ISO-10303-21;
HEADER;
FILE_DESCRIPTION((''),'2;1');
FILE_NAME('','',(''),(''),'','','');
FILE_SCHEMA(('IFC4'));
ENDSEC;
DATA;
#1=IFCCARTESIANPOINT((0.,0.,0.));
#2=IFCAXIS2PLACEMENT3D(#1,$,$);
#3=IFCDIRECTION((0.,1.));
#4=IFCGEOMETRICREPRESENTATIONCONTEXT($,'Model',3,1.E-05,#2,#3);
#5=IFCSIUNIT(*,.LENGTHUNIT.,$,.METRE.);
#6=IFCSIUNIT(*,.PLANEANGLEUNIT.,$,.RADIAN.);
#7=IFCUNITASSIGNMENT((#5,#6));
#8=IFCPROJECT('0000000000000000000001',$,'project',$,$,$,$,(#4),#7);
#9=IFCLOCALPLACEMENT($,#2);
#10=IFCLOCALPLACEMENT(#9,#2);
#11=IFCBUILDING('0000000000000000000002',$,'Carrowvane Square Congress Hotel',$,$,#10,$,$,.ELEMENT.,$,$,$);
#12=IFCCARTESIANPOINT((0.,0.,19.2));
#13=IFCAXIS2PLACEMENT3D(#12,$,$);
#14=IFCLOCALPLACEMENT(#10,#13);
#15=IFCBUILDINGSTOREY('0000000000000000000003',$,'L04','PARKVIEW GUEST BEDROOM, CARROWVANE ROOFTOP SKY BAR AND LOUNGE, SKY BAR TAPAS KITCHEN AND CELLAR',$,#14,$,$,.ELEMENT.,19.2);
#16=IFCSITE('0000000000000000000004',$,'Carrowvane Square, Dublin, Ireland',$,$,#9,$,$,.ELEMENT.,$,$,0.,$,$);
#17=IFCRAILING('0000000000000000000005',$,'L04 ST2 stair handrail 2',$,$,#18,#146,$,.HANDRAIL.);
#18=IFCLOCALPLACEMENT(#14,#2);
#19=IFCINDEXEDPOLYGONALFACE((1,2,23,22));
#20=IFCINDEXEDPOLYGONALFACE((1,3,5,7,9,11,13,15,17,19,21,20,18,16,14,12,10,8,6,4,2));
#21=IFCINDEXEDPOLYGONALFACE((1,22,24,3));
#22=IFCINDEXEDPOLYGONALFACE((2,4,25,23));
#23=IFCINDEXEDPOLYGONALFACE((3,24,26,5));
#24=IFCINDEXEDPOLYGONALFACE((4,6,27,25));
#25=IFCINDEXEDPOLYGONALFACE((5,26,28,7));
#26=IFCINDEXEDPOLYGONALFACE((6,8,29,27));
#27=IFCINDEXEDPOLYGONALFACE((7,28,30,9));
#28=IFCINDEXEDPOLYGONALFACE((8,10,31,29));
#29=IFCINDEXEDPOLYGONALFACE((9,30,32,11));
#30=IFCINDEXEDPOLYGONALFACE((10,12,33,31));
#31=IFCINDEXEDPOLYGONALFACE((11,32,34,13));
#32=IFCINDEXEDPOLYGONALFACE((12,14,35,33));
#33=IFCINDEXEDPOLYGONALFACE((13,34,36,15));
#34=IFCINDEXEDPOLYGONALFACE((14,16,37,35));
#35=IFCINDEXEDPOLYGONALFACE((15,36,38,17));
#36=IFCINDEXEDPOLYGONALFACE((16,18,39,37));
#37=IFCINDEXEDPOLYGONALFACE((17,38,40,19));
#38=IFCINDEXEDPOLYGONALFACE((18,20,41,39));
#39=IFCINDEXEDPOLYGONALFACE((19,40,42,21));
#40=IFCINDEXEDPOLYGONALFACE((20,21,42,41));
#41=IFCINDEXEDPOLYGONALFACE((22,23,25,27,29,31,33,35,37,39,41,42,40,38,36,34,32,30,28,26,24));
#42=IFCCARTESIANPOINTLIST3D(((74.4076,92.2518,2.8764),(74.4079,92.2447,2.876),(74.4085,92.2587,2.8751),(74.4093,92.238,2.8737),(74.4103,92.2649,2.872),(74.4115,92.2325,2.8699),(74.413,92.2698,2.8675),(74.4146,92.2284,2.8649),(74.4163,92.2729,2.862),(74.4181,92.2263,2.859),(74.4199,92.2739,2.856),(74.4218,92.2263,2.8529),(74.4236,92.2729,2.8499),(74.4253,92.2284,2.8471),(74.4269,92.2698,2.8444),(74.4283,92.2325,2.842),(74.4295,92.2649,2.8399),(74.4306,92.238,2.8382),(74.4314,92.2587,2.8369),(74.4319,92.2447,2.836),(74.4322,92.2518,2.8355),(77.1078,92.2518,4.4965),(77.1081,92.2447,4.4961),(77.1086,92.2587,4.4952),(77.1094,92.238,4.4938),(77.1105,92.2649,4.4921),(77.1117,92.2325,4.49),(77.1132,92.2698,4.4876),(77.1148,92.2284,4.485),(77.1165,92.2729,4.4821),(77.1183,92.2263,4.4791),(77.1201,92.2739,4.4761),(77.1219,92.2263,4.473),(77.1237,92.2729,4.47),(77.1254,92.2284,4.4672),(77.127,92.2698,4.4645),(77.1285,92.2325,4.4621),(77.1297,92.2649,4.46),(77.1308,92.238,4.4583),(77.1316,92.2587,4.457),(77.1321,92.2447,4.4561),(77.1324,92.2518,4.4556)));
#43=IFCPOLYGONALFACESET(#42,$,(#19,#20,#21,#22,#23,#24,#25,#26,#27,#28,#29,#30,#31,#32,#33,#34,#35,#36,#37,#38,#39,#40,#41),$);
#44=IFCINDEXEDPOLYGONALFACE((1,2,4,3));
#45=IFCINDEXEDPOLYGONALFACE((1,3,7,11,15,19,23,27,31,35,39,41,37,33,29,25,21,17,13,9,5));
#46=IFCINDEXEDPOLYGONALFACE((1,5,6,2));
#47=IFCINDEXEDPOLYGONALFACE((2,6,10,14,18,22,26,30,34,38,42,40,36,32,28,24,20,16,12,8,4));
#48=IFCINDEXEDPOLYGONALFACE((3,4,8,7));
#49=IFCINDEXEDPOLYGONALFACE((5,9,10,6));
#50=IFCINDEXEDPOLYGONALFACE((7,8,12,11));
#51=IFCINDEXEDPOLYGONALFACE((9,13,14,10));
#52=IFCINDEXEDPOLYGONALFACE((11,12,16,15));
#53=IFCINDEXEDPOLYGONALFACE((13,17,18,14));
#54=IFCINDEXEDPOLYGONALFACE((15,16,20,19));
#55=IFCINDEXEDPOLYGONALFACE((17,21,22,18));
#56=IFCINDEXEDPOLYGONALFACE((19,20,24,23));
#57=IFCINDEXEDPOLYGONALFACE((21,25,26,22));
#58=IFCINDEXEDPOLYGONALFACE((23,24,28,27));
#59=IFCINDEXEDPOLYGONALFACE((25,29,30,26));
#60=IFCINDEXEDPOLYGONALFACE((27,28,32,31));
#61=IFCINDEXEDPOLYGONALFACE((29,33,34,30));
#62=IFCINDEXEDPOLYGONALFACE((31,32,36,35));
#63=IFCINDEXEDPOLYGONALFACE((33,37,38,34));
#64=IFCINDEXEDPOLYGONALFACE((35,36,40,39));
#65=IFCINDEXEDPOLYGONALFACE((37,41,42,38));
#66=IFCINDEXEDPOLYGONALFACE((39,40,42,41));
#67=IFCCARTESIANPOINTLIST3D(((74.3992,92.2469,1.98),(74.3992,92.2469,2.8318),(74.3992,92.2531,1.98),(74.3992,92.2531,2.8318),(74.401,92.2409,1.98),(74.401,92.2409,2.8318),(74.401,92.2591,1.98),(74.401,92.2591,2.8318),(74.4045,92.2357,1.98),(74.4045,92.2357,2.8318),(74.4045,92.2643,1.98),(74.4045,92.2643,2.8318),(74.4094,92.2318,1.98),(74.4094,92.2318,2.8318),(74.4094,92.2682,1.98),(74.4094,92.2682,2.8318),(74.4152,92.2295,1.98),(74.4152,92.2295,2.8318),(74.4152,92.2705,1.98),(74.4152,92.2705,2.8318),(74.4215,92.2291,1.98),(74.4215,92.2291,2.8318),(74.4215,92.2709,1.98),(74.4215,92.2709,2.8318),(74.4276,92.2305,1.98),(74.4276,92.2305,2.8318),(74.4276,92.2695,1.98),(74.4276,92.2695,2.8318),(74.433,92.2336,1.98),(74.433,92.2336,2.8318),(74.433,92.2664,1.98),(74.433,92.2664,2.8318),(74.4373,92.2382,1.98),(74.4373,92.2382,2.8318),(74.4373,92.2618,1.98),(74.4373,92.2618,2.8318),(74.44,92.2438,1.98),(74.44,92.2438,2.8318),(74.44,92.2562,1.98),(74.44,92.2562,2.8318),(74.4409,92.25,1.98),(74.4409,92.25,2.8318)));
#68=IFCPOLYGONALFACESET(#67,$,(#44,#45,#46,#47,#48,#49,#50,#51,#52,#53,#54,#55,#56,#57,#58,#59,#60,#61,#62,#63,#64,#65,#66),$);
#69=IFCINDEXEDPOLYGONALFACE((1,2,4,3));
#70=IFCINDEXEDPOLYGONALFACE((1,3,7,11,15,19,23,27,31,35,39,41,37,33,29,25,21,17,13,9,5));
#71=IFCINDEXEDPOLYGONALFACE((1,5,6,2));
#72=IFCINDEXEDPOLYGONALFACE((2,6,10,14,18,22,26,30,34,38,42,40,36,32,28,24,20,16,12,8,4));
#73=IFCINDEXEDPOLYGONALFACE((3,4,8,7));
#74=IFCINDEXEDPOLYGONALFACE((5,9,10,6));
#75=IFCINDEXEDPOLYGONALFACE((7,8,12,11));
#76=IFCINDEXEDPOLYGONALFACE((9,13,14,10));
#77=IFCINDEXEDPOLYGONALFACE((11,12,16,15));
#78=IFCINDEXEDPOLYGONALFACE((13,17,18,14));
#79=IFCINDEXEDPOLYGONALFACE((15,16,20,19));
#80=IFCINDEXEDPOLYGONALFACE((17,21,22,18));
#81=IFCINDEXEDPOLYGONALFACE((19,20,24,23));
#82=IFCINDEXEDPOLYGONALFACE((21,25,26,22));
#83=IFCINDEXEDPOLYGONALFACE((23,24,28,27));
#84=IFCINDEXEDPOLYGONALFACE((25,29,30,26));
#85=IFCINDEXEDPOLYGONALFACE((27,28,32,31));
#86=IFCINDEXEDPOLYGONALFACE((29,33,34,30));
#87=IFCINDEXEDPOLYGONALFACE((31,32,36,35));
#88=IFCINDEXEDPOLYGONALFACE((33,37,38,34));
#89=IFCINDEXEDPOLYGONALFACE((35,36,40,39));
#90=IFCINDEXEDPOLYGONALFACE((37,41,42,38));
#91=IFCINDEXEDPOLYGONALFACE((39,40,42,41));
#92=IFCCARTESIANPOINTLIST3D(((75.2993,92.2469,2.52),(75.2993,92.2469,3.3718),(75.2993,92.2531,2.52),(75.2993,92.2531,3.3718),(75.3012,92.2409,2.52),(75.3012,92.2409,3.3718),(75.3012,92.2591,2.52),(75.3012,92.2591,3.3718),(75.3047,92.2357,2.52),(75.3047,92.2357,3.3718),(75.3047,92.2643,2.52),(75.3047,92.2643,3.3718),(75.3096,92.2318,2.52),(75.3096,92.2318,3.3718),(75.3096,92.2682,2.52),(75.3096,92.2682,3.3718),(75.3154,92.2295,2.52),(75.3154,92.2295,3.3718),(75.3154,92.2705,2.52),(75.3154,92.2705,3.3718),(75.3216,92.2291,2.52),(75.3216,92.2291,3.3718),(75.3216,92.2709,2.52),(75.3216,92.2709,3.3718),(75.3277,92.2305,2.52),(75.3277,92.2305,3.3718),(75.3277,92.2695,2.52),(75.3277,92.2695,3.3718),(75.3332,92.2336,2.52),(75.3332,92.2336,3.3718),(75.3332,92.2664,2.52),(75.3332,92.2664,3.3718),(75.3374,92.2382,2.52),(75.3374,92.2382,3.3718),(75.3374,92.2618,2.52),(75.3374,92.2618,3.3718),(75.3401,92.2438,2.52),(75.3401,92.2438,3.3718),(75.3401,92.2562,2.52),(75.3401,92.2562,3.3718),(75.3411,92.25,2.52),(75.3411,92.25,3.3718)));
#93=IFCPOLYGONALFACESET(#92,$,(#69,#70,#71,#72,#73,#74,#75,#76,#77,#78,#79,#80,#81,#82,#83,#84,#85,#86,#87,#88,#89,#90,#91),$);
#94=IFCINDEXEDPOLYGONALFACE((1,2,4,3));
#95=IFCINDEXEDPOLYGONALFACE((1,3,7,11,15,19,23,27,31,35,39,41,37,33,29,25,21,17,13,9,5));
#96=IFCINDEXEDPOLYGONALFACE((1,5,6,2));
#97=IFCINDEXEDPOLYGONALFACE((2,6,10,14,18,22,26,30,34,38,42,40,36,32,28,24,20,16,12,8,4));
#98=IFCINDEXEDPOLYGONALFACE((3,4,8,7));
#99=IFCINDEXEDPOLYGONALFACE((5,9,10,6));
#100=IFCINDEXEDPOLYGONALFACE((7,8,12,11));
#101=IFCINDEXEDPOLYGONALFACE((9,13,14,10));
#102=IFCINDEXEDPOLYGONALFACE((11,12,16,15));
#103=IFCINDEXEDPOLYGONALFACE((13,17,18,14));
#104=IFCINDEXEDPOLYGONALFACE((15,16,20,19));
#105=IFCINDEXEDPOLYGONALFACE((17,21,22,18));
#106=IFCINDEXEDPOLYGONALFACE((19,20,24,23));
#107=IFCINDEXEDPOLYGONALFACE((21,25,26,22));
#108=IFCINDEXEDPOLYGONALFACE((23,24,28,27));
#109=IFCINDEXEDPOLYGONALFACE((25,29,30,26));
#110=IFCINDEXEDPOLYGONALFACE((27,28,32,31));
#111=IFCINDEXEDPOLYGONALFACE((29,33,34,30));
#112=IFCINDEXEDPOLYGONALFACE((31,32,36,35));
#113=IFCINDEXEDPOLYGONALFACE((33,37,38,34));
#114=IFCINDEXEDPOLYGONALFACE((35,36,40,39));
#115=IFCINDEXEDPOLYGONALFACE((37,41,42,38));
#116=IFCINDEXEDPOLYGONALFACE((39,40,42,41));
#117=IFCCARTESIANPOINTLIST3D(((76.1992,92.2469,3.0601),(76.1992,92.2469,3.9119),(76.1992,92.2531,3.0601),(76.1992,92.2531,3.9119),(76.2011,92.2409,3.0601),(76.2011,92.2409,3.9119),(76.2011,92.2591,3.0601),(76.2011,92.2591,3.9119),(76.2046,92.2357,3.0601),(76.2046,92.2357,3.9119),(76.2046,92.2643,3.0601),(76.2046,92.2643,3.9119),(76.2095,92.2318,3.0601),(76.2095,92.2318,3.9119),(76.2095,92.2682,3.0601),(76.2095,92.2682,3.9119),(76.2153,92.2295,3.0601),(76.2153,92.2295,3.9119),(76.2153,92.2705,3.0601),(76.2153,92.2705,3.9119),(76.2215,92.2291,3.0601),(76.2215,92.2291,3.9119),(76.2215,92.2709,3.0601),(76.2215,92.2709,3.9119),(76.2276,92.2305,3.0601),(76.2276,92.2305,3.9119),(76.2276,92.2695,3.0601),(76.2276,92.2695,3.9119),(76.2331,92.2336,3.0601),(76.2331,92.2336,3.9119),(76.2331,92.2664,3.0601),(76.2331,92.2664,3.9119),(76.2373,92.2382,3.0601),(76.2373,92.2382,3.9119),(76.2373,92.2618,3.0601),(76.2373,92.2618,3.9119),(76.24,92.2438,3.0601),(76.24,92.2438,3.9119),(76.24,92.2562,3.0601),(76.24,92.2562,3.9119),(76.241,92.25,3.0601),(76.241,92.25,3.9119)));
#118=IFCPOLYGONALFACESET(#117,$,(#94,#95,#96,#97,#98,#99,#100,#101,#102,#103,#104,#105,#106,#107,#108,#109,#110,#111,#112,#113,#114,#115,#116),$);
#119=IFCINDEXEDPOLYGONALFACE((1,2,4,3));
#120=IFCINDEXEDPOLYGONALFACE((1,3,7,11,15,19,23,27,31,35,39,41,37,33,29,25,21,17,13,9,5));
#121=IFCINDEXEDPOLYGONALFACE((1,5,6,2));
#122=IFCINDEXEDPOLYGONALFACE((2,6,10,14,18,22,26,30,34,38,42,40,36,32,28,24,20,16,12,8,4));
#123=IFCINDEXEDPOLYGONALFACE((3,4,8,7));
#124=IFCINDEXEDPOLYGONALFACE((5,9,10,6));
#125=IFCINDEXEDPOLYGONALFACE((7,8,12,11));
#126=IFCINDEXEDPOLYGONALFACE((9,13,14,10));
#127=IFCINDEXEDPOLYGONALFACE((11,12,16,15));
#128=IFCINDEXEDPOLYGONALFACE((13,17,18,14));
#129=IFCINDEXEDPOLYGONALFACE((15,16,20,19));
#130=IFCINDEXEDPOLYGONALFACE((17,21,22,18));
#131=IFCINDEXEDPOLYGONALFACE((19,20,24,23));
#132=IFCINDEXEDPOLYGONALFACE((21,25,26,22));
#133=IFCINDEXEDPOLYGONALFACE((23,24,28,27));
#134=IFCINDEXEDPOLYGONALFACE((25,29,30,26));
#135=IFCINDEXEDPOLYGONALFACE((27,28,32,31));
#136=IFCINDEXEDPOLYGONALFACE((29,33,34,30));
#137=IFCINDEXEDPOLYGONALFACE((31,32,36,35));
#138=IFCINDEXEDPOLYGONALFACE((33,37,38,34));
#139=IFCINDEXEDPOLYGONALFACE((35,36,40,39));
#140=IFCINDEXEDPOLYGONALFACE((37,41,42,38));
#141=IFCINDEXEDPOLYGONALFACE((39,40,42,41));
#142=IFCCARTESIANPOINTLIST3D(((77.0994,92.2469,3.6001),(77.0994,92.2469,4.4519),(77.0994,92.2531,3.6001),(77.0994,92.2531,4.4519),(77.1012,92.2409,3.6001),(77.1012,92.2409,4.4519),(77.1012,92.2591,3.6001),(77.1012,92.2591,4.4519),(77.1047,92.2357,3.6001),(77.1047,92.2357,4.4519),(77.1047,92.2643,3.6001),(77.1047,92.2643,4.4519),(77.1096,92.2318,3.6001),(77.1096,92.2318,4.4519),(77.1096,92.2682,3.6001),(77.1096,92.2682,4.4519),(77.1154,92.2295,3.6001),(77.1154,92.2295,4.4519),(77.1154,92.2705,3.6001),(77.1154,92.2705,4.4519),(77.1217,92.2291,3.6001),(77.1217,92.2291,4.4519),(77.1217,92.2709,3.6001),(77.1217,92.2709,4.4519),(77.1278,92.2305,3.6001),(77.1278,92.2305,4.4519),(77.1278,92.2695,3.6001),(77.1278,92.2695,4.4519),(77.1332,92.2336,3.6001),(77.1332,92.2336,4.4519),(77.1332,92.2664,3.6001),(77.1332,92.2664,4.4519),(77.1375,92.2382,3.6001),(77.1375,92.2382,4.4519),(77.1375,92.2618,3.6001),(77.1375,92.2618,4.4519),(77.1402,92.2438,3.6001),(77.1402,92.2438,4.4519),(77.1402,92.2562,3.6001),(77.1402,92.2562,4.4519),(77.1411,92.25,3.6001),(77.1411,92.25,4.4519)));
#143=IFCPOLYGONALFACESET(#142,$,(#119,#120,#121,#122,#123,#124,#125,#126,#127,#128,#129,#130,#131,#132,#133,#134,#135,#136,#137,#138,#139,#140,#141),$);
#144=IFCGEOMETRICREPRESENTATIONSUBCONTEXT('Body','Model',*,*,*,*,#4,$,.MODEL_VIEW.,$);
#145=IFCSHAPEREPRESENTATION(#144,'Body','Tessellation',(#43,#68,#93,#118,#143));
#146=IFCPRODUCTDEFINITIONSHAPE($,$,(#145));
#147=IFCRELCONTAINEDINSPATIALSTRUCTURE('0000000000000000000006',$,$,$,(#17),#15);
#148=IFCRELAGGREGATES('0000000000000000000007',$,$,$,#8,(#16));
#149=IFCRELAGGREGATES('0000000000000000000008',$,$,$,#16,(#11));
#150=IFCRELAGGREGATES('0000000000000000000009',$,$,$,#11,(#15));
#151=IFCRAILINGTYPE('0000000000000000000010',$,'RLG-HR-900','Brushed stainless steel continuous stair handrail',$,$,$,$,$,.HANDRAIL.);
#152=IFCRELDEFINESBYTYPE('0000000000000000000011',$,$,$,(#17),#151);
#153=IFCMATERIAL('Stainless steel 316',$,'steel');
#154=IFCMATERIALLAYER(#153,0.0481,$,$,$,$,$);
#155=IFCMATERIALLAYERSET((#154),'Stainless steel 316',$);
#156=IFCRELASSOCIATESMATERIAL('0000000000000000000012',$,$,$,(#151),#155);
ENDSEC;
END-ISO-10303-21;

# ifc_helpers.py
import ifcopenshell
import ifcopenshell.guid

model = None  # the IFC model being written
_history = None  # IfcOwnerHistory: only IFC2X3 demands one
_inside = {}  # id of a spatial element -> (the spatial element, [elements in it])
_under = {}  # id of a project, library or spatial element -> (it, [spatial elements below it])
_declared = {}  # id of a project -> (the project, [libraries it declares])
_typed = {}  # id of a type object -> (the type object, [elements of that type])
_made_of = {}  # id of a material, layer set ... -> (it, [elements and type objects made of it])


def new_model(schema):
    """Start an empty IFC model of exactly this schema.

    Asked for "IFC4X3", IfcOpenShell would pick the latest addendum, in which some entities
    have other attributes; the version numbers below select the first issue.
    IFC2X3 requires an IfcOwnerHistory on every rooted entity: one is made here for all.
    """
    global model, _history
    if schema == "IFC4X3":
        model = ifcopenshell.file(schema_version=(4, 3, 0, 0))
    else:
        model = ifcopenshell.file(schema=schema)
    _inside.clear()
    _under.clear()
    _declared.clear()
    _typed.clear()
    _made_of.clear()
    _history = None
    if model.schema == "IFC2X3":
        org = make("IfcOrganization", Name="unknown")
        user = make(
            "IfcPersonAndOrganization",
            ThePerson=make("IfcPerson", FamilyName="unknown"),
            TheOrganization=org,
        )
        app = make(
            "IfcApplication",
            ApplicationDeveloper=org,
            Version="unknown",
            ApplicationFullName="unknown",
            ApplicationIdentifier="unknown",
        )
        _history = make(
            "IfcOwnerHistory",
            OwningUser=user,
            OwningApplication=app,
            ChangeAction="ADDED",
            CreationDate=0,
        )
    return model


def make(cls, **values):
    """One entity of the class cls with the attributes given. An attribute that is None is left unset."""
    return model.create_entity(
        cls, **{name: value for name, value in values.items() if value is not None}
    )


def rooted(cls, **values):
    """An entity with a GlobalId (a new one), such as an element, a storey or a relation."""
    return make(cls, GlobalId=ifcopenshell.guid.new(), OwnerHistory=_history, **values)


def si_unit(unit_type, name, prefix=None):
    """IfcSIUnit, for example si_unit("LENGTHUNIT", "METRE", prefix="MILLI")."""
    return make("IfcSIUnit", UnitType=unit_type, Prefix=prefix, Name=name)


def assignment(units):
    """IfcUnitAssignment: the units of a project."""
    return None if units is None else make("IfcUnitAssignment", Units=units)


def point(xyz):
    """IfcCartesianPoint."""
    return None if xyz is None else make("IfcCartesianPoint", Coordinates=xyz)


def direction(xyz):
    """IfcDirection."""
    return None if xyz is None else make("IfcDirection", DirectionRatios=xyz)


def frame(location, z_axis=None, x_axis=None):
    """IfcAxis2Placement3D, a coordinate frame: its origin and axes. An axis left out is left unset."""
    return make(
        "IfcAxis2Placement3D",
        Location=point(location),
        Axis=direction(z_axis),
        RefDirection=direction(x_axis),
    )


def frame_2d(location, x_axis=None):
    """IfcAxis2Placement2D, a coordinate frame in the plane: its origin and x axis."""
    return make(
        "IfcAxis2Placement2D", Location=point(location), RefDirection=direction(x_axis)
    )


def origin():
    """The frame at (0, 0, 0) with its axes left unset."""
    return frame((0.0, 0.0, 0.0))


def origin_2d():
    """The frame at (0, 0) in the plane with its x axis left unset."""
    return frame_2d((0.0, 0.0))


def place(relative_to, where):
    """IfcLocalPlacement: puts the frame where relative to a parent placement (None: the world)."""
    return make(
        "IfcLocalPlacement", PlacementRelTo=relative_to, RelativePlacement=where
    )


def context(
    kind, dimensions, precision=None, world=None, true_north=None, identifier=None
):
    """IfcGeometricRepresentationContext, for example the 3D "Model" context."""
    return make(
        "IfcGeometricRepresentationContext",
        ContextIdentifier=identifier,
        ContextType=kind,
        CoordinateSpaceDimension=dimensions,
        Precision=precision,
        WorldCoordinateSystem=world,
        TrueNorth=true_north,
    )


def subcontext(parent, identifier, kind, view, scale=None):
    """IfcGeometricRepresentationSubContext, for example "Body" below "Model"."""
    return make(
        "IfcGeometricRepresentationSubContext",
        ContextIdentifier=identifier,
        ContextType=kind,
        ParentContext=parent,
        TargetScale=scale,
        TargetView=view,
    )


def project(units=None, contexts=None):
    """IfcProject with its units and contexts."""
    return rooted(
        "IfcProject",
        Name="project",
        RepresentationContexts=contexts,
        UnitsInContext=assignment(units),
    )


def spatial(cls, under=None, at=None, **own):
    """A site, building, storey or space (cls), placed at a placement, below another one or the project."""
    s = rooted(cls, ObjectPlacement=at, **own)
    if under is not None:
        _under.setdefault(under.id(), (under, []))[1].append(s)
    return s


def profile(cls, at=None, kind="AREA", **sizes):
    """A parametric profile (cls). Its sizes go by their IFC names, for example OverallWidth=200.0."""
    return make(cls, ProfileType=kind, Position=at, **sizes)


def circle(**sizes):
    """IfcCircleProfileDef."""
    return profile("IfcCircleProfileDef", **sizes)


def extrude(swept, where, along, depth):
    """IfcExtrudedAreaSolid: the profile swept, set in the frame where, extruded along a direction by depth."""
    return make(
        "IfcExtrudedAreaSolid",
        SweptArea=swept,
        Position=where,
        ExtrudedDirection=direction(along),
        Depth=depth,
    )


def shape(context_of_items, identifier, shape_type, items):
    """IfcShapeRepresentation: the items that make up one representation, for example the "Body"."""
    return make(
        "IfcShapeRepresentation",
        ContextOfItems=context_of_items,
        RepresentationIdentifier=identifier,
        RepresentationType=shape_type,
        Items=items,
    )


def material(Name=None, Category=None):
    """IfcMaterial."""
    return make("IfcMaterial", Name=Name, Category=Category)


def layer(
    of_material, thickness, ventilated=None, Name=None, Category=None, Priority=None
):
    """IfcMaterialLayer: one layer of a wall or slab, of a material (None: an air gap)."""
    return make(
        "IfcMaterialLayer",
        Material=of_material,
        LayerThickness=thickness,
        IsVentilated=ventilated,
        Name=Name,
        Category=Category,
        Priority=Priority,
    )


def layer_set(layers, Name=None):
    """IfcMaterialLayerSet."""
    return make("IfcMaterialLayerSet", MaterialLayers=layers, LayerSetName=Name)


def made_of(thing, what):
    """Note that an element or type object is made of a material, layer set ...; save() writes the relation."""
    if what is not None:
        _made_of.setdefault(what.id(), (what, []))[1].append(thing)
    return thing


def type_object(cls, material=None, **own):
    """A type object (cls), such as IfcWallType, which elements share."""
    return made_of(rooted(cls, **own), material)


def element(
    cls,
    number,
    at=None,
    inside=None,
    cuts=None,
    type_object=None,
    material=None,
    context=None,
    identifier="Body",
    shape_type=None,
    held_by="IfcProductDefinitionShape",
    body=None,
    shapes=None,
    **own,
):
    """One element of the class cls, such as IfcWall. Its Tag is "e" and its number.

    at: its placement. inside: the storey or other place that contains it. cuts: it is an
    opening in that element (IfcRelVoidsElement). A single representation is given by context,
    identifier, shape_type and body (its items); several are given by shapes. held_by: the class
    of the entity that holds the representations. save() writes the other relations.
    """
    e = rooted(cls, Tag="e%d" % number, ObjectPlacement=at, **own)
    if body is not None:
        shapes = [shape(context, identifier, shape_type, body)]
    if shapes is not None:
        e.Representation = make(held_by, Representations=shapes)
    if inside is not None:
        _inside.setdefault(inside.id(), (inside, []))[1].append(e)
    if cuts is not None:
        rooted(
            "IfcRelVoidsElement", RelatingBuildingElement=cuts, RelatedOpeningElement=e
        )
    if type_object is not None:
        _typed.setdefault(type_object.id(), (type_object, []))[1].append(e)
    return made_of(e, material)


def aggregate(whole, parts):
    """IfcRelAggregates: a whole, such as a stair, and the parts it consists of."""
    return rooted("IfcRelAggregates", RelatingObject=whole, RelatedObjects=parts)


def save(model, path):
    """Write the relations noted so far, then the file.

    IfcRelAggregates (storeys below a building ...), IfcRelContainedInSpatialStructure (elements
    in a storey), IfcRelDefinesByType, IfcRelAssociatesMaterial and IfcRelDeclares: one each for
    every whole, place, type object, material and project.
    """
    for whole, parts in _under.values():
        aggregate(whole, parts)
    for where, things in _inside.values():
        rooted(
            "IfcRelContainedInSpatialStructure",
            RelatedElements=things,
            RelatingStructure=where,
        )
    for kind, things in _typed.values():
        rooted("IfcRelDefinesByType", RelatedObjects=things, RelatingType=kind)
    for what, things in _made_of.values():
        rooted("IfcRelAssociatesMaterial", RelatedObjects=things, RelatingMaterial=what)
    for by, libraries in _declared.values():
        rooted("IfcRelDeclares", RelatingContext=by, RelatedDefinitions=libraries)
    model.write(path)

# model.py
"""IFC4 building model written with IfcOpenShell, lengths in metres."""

from ifc_helpers import new_model, si_unit, direction, frame, origin, origin_2d, place, context, subcontext, project, spatial, circle, extrude, material, layer, layer_set, type_object, element, save


model = new_model("IFC4")

# Units and contexts
model_context = context("Model", 3, precision=1e-05, world=origin(), true_north=direction((0.0, 1.0)))
body_context = subcontext(model_context, "Body", "Model", "MODEL_VIEW")
ifc_project = project(units=[si_unit("LENGTHUNIT", "METRE"), si_unit("PLANEANGLEUNIT", "RADIAN")], contexts=[model_context])

# Site, building, storey
site_placement = place(None, origin())
site = spatial("IfcSite", under=ifc_project, at=site_placement, Name="Carrowvane Square, Dublin, Ireland", CompositionType="ELEMENT", RefElevation=0.0)
building_placement = place(site_placement, origin())
building = spatial("IfcBuilding", under=site, at=building_placement, Name="Carrowvane Square Congress Hotel", CompositionType="ELEMENT")
storey_placement = place(building_placement, frame((0.0, 0.0, 19.2)))
storey = spatial("IfcBuildingStorey", under=building, at=storey_placement, Name="L04", Description="PARKVIEW GUEST BEDROOM, CARROWVANE ROOFTOP SKY BAR AND LOUNGE, SKY BAR TAPAS KITCHEN AND CELLAR", CompositionType="ELEMENT", Elevation=19.2)

# Railing
ifc_material_1 = material(Name="Stainless steel 316", Category="steel")
ifc_layer_1 = layer(ifc_material_1, 0.0481)
ifc_layer_set_1 = layer_set([ifc_layer_1], Name="Stainless steel 316")
railing_type_1 = type_object("IfcRailingType", Name="RLG-HR-900", Description="Brushed stainless steel continuous stair handrail", PredefinedType="HANDRAIL", material=ifc_layer_set_1)
railing_1_placement = place(storey_placement, frame((74.4199, 92.25, 1.98)))
element("IfcRailing", 1, at=railing_1_placement, inside=storey, type_object=railing_type_1, Name="L04 ST2 stair handrail 2", PredefinedType="HANDRAIL", context=body_context, shape_type="SweptSolid", body=[
    extrude(circle(Radius=0.0239, at=origin_2d()), frame((0.0, 0.0, 0.876), z_axis=(0.857493, 0.0, 0.514496), x_axis=(0.0, 1.0, 0.0)), (0.0, 0.0, 1.0), 3.1489),
    extrude(circle(Radius=0.021, at=origin_2d()), origin(), (0.0, 0.0, 1.0), 0.8518),
    extrude(circle(Radius=0.021, at=origin_2d()), frame((0.9001, 0.0, 0.54)), (0.0, 0.0, 1.0), 0.8518),
    extrude(circle(Radius=0.021, at=origin_2d()), frame((1.8, 0.0, 1.0801)), (0.0, 0.0, 1.0), 0.8518),
    extrude(circle(Radius=0.021, at=origin_2d()), frame((2.7002, 0.0, 1.6201)), (0.0, 0.0, 1.0), 0.8518),
])

save(model, "model.ifc")
